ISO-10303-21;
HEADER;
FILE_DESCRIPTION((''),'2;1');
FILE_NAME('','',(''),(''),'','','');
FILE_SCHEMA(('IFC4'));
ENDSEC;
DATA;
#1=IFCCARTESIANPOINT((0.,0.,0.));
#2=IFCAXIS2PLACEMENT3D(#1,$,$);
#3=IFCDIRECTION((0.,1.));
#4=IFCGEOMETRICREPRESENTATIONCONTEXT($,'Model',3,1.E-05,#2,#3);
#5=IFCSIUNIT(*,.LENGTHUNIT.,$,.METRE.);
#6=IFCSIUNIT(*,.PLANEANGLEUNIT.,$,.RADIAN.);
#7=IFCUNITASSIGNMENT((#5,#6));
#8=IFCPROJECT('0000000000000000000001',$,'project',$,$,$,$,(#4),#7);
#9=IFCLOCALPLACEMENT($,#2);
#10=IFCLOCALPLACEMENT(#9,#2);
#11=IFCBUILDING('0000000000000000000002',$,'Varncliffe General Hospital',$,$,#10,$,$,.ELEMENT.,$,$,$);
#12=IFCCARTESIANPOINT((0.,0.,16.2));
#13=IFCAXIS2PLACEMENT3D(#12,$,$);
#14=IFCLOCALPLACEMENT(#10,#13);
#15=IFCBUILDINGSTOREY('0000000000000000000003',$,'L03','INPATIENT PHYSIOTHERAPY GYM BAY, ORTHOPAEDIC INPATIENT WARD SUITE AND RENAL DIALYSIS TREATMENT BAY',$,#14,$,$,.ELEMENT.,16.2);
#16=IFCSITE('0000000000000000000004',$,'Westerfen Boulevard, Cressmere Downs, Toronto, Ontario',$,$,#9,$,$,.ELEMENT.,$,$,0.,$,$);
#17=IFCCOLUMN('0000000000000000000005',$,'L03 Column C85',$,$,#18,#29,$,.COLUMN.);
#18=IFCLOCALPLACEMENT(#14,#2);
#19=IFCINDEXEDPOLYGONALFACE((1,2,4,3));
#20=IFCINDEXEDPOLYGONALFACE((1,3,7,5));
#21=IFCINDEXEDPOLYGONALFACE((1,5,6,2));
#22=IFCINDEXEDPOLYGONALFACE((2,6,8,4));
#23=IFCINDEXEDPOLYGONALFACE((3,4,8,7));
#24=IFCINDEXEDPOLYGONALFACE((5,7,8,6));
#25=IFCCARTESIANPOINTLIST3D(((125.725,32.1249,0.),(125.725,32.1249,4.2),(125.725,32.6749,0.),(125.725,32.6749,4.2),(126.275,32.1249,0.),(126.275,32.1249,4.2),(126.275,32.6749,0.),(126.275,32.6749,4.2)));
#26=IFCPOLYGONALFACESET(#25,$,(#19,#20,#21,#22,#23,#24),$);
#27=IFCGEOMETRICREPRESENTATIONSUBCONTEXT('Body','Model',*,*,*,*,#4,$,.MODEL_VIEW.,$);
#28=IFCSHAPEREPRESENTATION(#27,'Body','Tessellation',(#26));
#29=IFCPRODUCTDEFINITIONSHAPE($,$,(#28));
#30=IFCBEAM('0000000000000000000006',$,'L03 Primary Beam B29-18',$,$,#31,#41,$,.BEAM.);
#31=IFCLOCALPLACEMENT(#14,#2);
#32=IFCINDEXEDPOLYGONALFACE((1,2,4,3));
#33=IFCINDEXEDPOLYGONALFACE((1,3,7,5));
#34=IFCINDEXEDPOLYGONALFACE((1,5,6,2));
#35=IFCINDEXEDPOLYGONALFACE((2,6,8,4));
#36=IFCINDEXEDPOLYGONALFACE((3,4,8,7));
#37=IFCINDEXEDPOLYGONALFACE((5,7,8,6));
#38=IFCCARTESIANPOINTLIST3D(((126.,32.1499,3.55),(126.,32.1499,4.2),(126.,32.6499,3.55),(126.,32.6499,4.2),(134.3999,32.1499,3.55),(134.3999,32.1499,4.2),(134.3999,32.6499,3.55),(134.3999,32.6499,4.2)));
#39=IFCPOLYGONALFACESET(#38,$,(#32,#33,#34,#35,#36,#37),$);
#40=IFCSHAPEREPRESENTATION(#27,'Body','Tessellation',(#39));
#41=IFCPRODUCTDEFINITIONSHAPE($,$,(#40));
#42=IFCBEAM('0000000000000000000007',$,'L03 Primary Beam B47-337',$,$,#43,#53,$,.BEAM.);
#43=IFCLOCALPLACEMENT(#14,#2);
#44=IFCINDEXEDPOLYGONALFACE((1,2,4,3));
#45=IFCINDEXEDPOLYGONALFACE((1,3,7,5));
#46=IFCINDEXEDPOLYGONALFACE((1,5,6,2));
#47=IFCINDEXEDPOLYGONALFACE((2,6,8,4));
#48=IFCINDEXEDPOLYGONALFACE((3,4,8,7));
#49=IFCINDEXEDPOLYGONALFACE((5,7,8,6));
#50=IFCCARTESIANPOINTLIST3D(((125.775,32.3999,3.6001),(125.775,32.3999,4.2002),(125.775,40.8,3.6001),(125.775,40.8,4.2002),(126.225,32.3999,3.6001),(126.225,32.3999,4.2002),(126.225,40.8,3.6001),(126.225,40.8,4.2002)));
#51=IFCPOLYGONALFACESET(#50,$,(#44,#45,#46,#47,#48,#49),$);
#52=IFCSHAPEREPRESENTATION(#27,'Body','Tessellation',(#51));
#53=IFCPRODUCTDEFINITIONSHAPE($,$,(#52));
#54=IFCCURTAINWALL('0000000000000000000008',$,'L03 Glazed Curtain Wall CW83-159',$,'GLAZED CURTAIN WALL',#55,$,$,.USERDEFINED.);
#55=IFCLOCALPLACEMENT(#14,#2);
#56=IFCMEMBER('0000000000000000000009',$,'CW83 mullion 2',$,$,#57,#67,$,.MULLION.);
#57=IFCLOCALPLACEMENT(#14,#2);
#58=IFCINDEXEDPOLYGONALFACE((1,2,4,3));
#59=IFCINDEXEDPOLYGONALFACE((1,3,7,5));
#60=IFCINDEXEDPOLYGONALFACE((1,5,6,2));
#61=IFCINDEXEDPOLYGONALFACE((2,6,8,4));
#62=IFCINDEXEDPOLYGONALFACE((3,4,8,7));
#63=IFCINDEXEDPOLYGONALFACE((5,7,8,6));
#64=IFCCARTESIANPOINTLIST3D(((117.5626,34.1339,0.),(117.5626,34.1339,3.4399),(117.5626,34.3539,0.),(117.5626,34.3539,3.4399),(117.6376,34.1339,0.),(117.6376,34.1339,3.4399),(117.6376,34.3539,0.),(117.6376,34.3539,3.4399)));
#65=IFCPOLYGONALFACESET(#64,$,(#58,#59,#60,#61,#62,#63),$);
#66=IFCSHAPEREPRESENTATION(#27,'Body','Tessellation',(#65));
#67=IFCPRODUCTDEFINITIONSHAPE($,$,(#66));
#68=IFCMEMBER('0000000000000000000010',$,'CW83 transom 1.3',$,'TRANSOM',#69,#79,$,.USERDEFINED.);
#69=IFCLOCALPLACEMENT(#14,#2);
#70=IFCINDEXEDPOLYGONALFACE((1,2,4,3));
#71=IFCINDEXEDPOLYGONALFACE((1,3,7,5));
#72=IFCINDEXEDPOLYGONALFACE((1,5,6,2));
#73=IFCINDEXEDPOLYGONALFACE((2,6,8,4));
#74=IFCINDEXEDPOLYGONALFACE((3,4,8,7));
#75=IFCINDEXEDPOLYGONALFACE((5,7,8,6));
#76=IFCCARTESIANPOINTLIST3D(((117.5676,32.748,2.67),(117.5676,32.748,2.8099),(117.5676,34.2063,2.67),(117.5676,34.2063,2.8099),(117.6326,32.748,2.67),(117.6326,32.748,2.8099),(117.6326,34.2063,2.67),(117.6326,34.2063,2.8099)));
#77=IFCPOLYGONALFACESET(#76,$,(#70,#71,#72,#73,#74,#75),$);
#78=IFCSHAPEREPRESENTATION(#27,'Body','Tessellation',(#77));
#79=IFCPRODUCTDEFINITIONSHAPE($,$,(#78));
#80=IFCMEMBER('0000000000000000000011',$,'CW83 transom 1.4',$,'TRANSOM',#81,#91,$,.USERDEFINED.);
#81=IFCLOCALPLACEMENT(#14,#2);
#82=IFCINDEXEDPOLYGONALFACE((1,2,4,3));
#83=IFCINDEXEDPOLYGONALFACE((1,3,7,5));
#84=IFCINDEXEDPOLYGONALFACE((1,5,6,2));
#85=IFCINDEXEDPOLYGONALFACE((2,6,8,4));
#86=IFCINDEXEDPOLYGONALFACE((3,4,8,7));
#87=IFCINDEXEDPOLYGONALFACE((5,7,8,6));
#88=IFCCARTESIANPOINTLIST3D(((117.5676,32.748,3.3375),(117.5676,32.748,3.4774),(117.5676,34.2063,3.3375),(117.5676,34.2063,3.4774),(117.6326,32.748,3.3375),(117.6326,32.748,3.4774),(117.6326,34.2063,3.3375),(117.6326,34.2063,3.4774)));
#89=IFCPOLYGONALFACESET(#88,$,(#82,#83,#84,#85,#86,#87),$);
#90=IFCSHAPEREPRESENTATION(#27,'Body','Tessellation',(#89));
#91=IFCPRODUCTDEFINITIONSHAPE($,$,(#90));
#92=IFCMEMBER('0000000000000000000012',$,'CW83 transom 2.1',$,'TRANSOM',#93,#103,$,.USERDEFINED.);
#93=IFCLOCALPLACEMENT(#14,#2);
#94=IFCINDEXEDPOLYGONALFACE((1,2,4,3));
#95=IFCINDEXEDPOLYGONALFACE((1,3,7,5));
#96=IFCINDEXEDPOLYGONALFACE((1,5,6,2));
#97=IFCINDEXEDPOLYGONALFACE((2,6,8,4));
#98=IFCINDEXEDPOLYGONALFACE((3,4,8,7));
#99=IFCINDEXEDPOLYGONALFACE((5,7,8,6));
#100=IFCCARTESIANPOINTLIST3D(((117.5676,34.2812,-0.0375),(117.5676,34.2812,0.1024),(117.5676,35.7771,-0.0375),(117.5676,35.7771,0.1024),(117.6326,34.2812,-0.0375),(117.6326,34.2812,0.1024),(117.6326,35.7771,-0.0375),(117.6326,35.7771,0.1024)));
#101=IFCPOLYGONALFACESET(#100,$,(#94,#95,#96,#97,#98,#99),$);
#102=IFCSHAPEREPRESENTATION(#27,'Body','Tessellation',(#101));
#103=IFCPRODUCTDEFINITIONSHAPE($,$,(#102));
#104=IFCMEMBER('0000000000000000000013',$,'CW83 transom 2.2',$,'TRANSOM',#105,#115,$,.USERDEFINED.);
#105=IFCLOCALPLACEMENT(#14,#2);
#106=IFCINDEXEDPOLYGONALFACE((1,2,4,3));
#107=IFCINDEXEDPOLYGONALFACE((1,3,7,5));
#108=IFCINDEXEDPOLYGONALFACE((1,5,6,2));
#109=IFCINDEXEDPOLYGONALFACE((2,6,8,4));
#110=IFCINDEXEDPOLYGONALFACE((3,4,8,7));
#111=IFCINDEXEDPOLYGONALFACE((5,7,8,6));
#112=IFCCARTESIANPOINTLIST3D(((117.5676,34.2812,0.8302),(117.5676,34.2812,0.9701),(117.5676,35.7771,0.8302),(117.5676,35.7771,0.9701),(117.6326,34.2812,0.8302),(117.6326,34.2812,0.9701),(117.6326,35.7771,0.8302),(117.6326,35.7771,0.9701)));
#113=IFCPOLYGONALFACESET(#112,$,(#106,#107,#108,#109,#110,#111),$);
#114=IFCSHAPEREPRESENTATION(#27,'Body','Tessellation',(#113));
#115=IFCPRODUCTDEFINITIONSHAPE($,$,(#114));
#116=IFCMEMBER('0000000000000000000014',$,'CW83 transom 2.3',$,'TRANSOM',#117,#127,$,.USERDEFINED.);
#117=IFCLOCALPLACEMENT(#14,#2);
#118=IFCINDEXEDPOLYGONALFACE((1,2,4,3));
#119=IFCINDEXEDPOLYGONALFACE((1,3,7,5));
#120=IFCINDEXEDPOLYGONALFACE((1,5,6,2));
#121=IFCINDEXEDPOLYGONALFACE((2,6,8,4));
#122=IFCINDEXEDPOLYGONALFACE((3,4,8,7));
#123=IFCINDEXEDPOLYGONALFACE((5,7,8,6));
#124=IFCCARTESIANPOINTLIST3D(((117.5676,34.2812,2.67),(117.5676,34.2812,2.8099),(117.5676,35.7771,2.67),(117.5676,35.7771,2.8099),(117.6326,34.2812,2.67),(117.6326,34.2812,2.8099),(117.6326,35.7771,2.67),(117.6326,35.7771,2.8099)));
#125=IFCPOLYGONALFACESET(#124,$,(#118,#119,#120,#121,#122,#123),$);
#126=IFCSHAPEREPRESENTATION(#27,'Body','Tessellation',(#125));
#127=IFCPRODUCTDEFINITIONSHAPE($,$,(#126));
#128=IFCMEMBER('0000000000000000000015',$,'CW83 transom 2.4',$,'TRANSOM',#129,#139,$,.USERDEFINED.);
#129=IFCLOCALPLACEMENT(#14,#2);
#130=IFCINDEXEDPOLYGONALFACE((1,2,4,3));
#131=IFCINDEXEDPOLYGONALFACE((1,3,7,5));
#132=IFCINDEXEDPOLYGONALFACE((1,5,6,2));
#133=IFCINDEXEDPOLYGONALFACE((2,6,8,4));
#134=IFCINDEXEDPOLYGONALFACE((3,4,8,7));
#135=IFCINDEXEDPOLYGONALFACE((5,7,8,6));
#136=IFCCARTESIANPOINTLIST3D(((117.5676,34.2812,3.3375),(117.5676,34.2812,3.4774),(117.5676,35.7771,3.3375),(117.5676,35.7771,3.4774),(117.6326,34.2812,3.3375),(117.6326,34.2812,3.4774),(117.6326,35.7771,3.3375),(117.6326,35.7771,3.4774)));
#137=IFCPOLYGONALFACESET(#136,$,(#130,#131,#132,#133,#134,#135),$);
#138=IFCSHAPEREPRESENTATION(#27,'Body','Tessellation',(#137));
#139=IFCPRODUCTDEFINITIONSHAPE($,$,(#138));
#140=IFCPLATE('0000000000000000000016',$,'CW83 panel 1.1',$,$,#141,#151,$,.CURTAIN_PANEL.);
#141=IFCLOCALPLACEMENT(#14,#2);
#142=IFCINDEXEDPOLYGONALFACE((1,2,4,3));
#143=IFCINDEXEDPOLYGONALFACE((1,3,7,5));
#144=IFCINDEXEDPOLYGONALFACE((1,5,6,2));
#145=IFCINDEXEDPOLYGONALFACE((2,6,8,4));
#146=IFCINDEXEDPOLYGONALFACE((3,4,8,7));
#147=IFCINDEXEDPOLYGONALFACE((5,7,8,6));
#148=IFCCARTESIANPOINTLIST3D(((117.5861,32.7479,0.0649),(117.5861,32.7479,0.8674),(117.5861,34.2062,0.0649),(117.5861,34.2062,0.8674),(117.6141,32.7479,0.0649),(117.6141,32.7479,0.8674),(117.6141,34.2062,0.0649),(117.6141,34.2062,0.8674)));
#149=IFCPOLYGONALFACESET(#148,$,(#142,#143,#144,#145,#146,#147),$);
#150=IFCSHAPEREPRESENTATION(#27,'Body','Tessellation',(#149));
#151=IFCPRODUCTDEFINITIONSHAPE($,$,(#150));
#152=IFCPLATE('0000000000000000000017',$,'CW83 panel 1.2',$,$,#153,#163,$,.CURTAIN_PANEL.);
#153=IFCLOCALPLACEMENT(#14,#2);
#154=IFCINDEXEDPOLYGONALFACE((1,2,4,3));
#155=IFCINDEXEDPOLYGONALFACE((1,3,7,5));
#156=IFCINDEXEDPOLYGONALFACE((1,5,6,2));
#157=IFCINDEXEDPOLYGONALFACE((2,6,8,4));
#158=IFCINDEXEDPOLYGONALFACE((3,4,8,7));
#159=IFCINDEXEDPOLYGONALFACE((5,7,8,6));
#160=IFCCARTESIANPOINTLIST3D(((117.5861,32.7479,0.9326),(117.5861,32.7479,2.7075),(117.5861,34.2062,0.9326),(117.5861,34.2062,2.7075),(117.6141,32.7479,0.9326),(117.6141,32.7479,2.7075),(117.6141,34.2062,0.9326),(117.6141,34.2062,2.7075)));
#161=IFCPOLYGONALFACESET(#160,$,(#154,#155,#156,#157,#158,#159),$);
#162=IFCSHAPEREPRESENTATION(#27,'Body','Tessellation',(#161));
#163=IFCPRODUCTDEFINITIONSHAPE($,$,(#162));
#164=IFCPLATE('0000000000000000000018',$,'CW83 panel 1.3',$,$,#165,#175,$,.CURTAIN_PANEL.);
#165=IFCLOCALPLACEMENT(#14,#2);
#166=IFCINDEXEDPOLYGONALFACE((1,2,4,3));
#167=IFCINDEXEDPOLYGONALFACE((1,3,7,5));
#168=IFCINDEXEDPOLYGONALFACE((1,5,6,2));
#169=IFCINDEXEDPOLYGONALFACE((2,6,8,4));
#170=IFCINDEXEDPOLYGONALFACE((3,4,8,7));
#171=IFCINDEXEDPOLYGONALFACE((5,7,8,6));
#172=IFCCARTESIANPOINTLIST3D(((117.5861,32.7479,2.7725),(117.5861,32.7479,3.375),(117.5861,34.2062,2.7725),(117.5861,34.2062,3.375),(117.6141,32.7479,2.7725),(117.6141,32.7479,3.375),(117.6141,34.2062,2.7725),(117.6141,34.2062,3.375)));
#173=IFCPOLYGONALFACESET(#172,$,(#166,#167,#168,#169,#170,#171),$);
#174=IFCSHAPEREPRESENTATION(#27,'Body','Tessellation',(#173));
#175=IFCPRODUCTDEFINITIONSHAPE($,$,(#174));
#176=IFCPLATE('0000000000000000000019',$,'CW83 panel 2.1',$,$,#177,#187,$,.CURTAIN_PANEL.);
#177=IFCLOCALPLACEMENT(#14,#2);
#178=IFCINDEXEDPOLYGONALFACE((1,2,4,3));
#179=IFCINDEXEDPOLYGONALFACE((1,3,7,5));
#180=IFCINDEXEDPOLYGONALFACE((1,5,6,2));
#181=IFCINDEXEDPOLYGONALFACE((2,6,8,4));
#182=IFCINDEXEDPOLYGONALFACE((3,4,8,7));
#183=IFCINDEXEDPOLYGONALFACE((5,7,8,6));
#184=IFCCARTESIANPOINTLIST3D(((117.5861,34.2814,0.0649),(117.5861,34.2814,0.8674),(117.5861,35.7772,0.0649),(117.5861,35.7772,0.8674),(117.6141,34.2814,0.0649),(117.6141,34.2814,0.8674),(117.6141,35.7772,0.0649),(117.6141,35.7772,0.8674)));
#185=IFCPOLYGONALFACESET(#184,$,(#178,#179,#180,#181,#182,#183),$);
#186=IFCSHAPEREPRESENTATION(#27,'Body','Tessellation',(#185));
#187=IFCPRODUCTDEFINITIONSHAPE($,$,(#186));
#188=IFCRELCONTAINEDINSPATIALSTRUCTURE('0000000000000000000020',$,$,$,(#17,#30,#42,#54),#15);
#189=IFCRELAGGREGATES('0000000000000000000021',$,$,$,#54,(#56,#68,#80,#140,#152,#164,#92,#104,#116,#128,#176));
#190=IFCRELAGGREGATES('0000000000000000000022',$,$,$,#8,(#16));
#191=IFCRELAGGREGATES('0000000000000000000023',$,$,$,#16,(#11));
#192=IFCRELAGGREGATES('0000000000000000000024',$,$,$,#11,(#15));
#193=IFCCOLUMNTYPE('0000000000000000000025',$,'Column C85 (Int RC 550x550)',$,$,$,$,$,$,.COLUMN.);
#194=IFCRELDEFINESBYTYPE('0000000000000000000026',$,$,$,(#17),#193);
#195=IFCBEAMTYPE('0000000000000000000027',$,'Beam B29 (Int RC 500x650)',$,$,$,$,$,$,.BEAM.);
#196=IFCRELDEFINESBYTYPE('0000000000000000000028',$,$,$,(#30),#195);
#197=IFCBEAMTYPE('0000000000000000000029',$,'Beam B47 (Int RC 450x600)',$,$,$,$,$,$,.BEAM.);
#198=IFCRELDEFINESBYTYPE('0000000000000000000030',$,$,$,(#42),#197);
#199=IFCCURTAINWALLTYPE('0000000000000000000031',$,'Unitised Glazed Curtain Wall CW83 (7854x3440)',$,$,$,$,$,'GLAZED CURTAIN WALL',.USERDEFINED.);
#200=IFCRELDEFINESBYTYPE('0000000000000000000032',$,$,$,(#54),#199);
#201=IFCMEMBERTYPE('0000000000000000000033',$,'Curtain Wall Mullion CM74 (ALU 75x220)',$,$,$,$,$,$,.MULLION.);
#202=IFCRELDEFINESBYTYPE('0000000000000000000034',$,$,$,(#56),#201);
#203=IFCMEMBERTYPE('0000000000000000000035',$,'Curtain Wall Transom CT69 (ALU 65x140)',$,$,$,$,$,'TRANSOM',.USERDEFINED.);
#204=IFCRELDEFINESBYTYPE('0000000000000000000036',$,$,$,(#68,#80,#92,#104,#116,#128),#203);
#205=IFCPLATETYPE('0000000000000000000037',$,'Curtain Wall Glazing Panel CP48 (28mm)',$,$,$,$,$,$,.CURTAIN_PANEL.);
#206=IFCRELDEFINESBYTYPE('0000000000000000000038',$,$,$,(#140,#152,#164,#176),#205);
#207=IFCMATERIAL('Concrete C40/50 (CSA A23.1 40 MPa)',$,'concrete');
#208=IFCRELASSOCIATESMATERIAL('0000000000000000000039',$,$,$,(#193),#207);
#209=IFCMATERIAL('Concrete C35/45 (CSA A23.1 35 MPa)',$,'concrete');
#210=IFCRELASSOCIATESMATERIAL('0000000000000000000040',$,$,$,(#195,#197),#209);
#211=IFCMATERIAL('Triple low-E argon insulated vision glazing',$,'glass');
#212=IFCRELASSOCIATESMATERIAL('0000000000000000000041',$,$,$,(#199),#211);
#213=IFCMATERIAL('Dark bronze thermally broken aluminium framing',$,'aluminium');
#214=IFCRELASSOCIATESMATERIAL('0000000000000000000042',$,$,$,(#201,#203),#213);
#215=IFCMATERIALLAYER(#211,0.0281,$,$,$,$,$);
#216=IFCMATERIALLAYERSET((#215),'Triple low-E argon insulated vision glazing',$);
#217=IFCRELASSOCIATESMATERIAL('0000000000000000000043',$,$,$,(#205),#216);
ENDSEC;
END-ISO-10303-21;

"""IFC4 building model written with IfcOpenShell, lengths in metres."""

from ifc_helpers import new_model, si_unit, direction, frame, origin, origin_2d, place, context, subcontext, project, spatial, rectangle, extrude, material, layer, layer_set, material_profile, profile_set, type_object, element, aggregate, save


model = new_model("IFC4")

# Units and contexts
model_context = context("Model", 3, precision=1e-05, world=origin(), true_north=direction((0.0, 1.0)))
body_context = subcontext(model_context, "Body", "Model", "MODEL_VIEW")
ifc_project = project(units=[si_unit("LENGTHUNIT", "METRE"), si_unit("PLANEANGLEUNIT", "RADIAN")], contexts=[model_context])

# Site, building, storey
site_placement = place(None, origin())
site = spatial("IfcSite", under=ifc_project, at=site_placement, Name="Westerfen Boulevard, Cressmere Downs, Toronto, Ontario", CompositionType="ELEMENT", RefElevation=0.0)
building_placement = place(site_placement, origin())
building = spatial("IfcBuilding", under=site, at=building_placement, Name="Varncliffe General Hospital", CompositionType="ELEMENT")
storey_placement = place(building_placement, frame((0.0, 0.0, 16.2)))
storey = spatial("IfcBuildingStorey", under=building, at=storey_placement, Name="L03", Description="INPATIENT PHYSIOTHERAPY GYM BAY, ORTHOPAEDIC INPATIENT WARD SUITE AND RENAL DIALYSIS TREATMENT BAY", CompositionType="ELEMENT", Elevation=16.2)

# Column
ifc_material_1 = material(Name="Concrete C40/50 (CSA A23.1 40 MPa)", Category="concrete")
ifc_material_profile_1 = material_profile(ifc_material_1, rectangle(XDim=0.55, YDim=0.55, at=origin_2d()), Name="RC 550x550")
ifc_profile_set_1 = profile_set([ifc_material_profile_1], Name="Concrete C40/50 (CSA A23.1 40 MPa)")
column_type = type_object("IfcColumnType", Name="Column C85 (Int RC 550x550)", PredefinedType="COLUMN", material=ifc_profile_set_1)
column_placement = place(storey_placement, frame((126.0, 32.3999, 0.0), z_axis=(0.0, 0.0, 1.0), x_axis=(1.0, 0.0, 0.0)))
element("IfcColumn", 1, at=column_placement, inside=storey, type_object=column_type, Name="L03 Column C85", PredefinedType="COLUMN", context=body_context, shape_type="SweptSolid", body=[
    extrude(rectangle(XDim=0.55, YDim=0.55, at=origin_2d()), origin(), (0.0, 0.0, 1.0), 4.2),
])

# Beams
ifc_material_2 = material(Name="Concrete C35/45 (CSA A23.1 35 MPa)", Category="concrete")
ifc_material_profile_2 = material_profile(ifc_material_2, rectangle(XDim=0.5, YDim=0.6499, at=origin_2d()), Name="RC 500x650")
ifc_profile_set_2 = profile_set([ifc_material_profile_2], Name="Concrete C35/45 (CSA A23.1 35 MPa)")
beam_type_1 = type_object("IfcBeamType", Name="Beam B29 (Int RC 500x650)", PredefinedType="BEAM", material=ifc_profile_set_2)
beam_1_placement = place(storey_placement, frame((126.0, 32.3999, 3.875), z_axis=(1.0, 0.0, 0.0), x_axis=(0.0, 1.0, 0.0)))
element("IfcBeam", 2, at=beam_1_placement, inside=storey, type_object=beam_type_1, Name="L03 Primary Beam B29-18", PredefinedType="BEAM", context=body_context, shape_type="SweptSolid", body=[
    extrude(rectangle(XDim=0.5, YDim=0.6499, at=origin_2d()), origin(), (0.0, 0.0, 1.0), 8.3999),
])
ifc_material_profile_3 = material_profile(ifc_material_2, rectangle(XDim=0.45, YDim=0.6001, at=origin_2d()), Name="RC 450x600")
ifc_profile_set_3 = profile_set([ifc_material_profile_3], Name="Concrete C35/45 (CSA A23.1 35 MPa)")
beam_type_2 = type_object("IfcBeamType", Name="Beam B47 (Int RC 450x600)", PredefinedType="BEAM", material=ifc_profile_set_3)
beam_2_placement = place(storey_placement, frame((126.0, 32.3999, 3.9001), z_axis=(0.0, 1.0, 0.0), x_axis=(-1.0, 0.0, 0.0)))
element("IfcBeam", 3, at=beam_2_placement, inside=storey, type_object=beam_type_2, Name="L03 Primary Beam B47-337", PredefinedType="BEAM", context=body_context, shape_type="SweptSolid", body=[
    extrude(rectangle(XDim=0.45, YDim=0.6001, at=origin_2d()), origin(), (0.0, 0.0, 1.0), 8.4001),
])

# Curtain wall, members, plates
ifc_material_3 = material(Name="Triple low-E argon insulated vision glazing", Category="glass")
curtain_wall_type = type_object("IfcCurtainWallType", Name="Unitised Glazed Curtain Wall CW83 (7854x3440)", ElementType="GLAZED CURTAIN WALL", PredefinedType="USERDEFINED", material=ifc_material_3)
curtain_wall_placement = place(storey_placement, origin())
curtain_wall = element("IfcCurtainWall", 4, at=curtain_wall_placement, inside=storey, type_object=curtain_wall_type, Name="L03 Glazed Curtain Wall CW83-159", ObjectType="GLAZED CURTAIN WALL", PredefinedType="USERDEFINED")
ifc_material_4 = material(Name="Dark bronze thermally broken aluminium framing", Category="aluminium")
ifc_material_profile_4 = material_profile(ifc_material_4, rectangle(XDim=0.075, YDim=0.22, at=origin_2d()), Name="ALU 75x220")
ifc_profile_set_4 = profile_set([ifc_material_profile_4], Name="Dark bronze thermally broken aluminium framing")
member_type_1 = type_object("IfcMemberType", Name="Curtain Wall Mullion CM74 (ALU 75x220)", PredefinedType="MULLION", material=ifc_profile_set_4)
member_1_placement = place(storey_placement, frame((117.6001, 34.2439, 0.0), z_axis=(0.0, 0.0, 1.0), x_axis=(-1.0, 0.0, 0.0)))
member_1 = element("IfcMember", 5, at=member_1_placement, type_object=member_type_1, Name="CW83 mullion 2", PredefinedType="MULLION", context=body_context, shape_type="SweptSolid", body=[
    extrude(rectangle(XDim=0.075, YDim=0.22, at=origin_2d()), origin(), (0.0, 0.0, 1.0), 3.4399),
])
ifc_material_profile_5 = material_profile(ifc_material_4, rectangle(XDim=0.0649, YDim=0.1399, at=origin_2d()), Name="ALU 65x140")
ifc_profile_set_5 = profile_set([ifc_material_profile_5], Name="Dark bronze thermally broken aluminium framing")
member_type_2 = type_object("IfcMemberType", Name="Curtain Wall Transom CT69 (ALU 65x140)", ElementType="TRANSOM", PredefinedType="USERDEFINED", material=ifc_profile_set_5)
member_2_placement = place(storey_placement, frame((117.6001, 32.748, 2.74), z_axis=(0.0, 1.0, 0.0), x_axis=(-1.0, 0.0, 0.0)))
member_2 = element("IfcMember", 6, at=member_2_placement, type_object=member_type_2, Name="CW83 transom 1.3", ObjectType="TRANSOM", PredefinedType="USERDEFINED", context=body_context, shape_type="SweptSolid", body=[
    extrude(rectangle(XDim=0.0649, YDim=0.1399, at=origin_2d()), origin(), (0.0, 0.0, 1.0), 1.4583),
])
member_3_placement = place(storey_placement, frame((117.6001, 32.748, 3.4075), z_axis=(0.0, 1.0, 0.0), x_axis=(-1.0, 0.0, 0.0)))
member_3 = element("IfcMember", 7, at=member_3_placement, type_object=member_type_2, Name="CW83 transom 1.4", ObjectType="TRANSOM", PredefinedType="USERDEFINED", context=body_context, shape_type="SweptSolid", body=[
    extrude(rectangle(XDim=0.0649, YDim=0.1399, at=origin_2d()), origin(), (0.0, 0.0, 1.0), 1.4583),
])
member_4_placement = place(storey_placement, frame((117.6001, 34.2812, 0.0325), z_axis=(0.0, 1.0, 0.0), x_axis=(-1.0, 0.0, 0.0)))
member_4 = element("IfcMember", 8, at=member_4_placement, type_object=member_type_2, Name="CW83 transom 2.1", ObjectType="TRANSOM", PredefinedType="USERDEFINED", context=body_context, shape_type="SweptSolid", body=[
    extrude(rectangle(XDim=0.0649, YDim=0.1399, at=origin_2d()), origin(), (0.0, 0.0, 1.0), 1.4958),
])
member_5_placement = place(storey_placement, frame((117.6001, 34.2812, 0.9001), z_axis=(0.0, 1.0, 0.0), x_axis=(-1.0, 0.0, 0.0)))
member_5 = element("IfcMember", 9, at=member_5_placement, type_object=member_type_2, Name="CW83 transom 2.2", ObjectType="TRANSOM", PredefinedType="USERDEFINED", context=body_context, shape_type="SweptSolid", body=[
    extrude(rectangle(XDim=0.0649, YDim=0.1399, at=origin_2d()), origin(), (0.0, 0.0, 1.0), 1.4958),
])
member_6_placement = place(storey_placement, frame((117.6001, 34.2812, 2.74), z_axis=(0.0, 1.0, 0.0), x_axis=(-1.0, 0.0, 0.0)))
member_6 = element("IfcMember", 10, at=member_6_placement, type_object=member_type_2, Name="CW83 transom 2.3", ObjectType="TRANSOM", PredefinedType="USERDEFINED", context=body_context, shape_type="SweptSolid", body=[
    extrude(rectangle(XDim=0.0649, YDim=0.1399, at=origin_2d()), origin(), (0.0, 0.0, 1.0), 1.4958),
])
member_7_placement = place(storey_placement, frame((117.6001, 34.2812, 3.4075), z_axis=(0.0, 1.0, 0.0), x_axis=(-1.0, 0.0, 0.0)))
member_7 = element("IfcMember", 11, at=member_7_placement, type_object=member_type_2, Name="CW83 transom 2.4", ObjectType="TRANSOM", PredefinedType="USERDEFINED", context=body_context, shape_type="SweptSolid", body=[
    extrude(rectangle(XDim=0.0649, YDim=0.1399, at=origin_2d()), origin(), (0.0, 0.0, 1.0), 1.4958),
])
ifc_layer_1 = layer(ifc_material_3, 0.0281)
ifc_layer_set_1 = layer_set([ifc_layer_1], Name="Triple low-E argon insulated vision glazing")
plate_type = type_object("IfcPlateType", Name="Curtain Wall Glazing Panel CP48 (28mm)", PredefinedType="CURTAIN_PANEL", material=ifc_layer_set_1)
plate_1_placement = place(storey_placement, frame((117.6001, 33.4771, 0.0649), z_axis=(0.0, 0.0, 1.0), x_axis=(0.0, 1.0, 0.0)))
plate_1 = element("IfcPlate", 12, at=plate_1_placement, type_object=plate_type, Name="CW83 panel 1.1", PredefinedType="CURTAIN_PANEL", context=body_context, shape_type="SweptSolid", body=[
    extrude(rectangle(XDim=1.4583, YDim=0.0281, at=origin_2d()), origin(), (0.0, 0.0, 1.0), 0.8025),
])
plate_2_placement = place(storey_placement, frame((117.6001, 33.4771, 0.9326), z_axis=(0.0, 0.0, 1.0), x_axis=(0.0, 1.0, 0.0)))
plate_2 = element("IfcPlate", 13, at=plate_2_placement, type_object=plate_type, Name="CW83 panel 1.2", PredefinedType="CURTAIN_PANEL", context=body_context, shape_type="SweptSolid", body=[
    extrude(rectangle(XDim=1.4583, YDim=0.0281, at=origin_2d()), origin(), (0.0, 0.0, 1.0), 1.7749),
])
plate_3_placement = place(storey_placement, frame((117.6001, 33.4771, 2.7725), z_axis=(0.0, 0.0, 1.0), x_axis=(0.0, 1.0, 0.0)))
plate_3 = element("IfcPlate", 14, at=plate_3_placement, type_object=plate_type, Name="CW83 panel 1.3", PredefinedType="CURTAIN_PANEL", context=body_context, shape_type="SweptSolid", body=[
    extrude(rectangle(XDim=1.4583, YDim=0.0281, at=origin_2d()), origin(), (0.0, 0.0, 1.0), 0.6025),
])
plate_4_placement = place(storey_placement, frame((117.6001, 35.0293, 0.0649), z_axis=(0.0, 0.0, 1.0), x_axis=(0.0, 1.0, 0.0)))
plate_4 = element("IfcPlate", 15, at=plate_4_placement, type_object=plate_type, Name="CW83 panel 2.1", PredefinedType="CURTAIN_PANEL", context=body_context, shape_type="SweptSolid", body=[
    extrude(rectangle(XDim=1.4958, YDim=0.0281, at=origin_2d()), origin(), (0.0, 0.0, 1.0), 0.8025),
])
aggregate(curtain_wall, [member_1, member_2, member_3, plate_1, plate_2, plate_3, member_4, member_5, member_6, member_7, plate_4])

save(model, "model.ifc")
